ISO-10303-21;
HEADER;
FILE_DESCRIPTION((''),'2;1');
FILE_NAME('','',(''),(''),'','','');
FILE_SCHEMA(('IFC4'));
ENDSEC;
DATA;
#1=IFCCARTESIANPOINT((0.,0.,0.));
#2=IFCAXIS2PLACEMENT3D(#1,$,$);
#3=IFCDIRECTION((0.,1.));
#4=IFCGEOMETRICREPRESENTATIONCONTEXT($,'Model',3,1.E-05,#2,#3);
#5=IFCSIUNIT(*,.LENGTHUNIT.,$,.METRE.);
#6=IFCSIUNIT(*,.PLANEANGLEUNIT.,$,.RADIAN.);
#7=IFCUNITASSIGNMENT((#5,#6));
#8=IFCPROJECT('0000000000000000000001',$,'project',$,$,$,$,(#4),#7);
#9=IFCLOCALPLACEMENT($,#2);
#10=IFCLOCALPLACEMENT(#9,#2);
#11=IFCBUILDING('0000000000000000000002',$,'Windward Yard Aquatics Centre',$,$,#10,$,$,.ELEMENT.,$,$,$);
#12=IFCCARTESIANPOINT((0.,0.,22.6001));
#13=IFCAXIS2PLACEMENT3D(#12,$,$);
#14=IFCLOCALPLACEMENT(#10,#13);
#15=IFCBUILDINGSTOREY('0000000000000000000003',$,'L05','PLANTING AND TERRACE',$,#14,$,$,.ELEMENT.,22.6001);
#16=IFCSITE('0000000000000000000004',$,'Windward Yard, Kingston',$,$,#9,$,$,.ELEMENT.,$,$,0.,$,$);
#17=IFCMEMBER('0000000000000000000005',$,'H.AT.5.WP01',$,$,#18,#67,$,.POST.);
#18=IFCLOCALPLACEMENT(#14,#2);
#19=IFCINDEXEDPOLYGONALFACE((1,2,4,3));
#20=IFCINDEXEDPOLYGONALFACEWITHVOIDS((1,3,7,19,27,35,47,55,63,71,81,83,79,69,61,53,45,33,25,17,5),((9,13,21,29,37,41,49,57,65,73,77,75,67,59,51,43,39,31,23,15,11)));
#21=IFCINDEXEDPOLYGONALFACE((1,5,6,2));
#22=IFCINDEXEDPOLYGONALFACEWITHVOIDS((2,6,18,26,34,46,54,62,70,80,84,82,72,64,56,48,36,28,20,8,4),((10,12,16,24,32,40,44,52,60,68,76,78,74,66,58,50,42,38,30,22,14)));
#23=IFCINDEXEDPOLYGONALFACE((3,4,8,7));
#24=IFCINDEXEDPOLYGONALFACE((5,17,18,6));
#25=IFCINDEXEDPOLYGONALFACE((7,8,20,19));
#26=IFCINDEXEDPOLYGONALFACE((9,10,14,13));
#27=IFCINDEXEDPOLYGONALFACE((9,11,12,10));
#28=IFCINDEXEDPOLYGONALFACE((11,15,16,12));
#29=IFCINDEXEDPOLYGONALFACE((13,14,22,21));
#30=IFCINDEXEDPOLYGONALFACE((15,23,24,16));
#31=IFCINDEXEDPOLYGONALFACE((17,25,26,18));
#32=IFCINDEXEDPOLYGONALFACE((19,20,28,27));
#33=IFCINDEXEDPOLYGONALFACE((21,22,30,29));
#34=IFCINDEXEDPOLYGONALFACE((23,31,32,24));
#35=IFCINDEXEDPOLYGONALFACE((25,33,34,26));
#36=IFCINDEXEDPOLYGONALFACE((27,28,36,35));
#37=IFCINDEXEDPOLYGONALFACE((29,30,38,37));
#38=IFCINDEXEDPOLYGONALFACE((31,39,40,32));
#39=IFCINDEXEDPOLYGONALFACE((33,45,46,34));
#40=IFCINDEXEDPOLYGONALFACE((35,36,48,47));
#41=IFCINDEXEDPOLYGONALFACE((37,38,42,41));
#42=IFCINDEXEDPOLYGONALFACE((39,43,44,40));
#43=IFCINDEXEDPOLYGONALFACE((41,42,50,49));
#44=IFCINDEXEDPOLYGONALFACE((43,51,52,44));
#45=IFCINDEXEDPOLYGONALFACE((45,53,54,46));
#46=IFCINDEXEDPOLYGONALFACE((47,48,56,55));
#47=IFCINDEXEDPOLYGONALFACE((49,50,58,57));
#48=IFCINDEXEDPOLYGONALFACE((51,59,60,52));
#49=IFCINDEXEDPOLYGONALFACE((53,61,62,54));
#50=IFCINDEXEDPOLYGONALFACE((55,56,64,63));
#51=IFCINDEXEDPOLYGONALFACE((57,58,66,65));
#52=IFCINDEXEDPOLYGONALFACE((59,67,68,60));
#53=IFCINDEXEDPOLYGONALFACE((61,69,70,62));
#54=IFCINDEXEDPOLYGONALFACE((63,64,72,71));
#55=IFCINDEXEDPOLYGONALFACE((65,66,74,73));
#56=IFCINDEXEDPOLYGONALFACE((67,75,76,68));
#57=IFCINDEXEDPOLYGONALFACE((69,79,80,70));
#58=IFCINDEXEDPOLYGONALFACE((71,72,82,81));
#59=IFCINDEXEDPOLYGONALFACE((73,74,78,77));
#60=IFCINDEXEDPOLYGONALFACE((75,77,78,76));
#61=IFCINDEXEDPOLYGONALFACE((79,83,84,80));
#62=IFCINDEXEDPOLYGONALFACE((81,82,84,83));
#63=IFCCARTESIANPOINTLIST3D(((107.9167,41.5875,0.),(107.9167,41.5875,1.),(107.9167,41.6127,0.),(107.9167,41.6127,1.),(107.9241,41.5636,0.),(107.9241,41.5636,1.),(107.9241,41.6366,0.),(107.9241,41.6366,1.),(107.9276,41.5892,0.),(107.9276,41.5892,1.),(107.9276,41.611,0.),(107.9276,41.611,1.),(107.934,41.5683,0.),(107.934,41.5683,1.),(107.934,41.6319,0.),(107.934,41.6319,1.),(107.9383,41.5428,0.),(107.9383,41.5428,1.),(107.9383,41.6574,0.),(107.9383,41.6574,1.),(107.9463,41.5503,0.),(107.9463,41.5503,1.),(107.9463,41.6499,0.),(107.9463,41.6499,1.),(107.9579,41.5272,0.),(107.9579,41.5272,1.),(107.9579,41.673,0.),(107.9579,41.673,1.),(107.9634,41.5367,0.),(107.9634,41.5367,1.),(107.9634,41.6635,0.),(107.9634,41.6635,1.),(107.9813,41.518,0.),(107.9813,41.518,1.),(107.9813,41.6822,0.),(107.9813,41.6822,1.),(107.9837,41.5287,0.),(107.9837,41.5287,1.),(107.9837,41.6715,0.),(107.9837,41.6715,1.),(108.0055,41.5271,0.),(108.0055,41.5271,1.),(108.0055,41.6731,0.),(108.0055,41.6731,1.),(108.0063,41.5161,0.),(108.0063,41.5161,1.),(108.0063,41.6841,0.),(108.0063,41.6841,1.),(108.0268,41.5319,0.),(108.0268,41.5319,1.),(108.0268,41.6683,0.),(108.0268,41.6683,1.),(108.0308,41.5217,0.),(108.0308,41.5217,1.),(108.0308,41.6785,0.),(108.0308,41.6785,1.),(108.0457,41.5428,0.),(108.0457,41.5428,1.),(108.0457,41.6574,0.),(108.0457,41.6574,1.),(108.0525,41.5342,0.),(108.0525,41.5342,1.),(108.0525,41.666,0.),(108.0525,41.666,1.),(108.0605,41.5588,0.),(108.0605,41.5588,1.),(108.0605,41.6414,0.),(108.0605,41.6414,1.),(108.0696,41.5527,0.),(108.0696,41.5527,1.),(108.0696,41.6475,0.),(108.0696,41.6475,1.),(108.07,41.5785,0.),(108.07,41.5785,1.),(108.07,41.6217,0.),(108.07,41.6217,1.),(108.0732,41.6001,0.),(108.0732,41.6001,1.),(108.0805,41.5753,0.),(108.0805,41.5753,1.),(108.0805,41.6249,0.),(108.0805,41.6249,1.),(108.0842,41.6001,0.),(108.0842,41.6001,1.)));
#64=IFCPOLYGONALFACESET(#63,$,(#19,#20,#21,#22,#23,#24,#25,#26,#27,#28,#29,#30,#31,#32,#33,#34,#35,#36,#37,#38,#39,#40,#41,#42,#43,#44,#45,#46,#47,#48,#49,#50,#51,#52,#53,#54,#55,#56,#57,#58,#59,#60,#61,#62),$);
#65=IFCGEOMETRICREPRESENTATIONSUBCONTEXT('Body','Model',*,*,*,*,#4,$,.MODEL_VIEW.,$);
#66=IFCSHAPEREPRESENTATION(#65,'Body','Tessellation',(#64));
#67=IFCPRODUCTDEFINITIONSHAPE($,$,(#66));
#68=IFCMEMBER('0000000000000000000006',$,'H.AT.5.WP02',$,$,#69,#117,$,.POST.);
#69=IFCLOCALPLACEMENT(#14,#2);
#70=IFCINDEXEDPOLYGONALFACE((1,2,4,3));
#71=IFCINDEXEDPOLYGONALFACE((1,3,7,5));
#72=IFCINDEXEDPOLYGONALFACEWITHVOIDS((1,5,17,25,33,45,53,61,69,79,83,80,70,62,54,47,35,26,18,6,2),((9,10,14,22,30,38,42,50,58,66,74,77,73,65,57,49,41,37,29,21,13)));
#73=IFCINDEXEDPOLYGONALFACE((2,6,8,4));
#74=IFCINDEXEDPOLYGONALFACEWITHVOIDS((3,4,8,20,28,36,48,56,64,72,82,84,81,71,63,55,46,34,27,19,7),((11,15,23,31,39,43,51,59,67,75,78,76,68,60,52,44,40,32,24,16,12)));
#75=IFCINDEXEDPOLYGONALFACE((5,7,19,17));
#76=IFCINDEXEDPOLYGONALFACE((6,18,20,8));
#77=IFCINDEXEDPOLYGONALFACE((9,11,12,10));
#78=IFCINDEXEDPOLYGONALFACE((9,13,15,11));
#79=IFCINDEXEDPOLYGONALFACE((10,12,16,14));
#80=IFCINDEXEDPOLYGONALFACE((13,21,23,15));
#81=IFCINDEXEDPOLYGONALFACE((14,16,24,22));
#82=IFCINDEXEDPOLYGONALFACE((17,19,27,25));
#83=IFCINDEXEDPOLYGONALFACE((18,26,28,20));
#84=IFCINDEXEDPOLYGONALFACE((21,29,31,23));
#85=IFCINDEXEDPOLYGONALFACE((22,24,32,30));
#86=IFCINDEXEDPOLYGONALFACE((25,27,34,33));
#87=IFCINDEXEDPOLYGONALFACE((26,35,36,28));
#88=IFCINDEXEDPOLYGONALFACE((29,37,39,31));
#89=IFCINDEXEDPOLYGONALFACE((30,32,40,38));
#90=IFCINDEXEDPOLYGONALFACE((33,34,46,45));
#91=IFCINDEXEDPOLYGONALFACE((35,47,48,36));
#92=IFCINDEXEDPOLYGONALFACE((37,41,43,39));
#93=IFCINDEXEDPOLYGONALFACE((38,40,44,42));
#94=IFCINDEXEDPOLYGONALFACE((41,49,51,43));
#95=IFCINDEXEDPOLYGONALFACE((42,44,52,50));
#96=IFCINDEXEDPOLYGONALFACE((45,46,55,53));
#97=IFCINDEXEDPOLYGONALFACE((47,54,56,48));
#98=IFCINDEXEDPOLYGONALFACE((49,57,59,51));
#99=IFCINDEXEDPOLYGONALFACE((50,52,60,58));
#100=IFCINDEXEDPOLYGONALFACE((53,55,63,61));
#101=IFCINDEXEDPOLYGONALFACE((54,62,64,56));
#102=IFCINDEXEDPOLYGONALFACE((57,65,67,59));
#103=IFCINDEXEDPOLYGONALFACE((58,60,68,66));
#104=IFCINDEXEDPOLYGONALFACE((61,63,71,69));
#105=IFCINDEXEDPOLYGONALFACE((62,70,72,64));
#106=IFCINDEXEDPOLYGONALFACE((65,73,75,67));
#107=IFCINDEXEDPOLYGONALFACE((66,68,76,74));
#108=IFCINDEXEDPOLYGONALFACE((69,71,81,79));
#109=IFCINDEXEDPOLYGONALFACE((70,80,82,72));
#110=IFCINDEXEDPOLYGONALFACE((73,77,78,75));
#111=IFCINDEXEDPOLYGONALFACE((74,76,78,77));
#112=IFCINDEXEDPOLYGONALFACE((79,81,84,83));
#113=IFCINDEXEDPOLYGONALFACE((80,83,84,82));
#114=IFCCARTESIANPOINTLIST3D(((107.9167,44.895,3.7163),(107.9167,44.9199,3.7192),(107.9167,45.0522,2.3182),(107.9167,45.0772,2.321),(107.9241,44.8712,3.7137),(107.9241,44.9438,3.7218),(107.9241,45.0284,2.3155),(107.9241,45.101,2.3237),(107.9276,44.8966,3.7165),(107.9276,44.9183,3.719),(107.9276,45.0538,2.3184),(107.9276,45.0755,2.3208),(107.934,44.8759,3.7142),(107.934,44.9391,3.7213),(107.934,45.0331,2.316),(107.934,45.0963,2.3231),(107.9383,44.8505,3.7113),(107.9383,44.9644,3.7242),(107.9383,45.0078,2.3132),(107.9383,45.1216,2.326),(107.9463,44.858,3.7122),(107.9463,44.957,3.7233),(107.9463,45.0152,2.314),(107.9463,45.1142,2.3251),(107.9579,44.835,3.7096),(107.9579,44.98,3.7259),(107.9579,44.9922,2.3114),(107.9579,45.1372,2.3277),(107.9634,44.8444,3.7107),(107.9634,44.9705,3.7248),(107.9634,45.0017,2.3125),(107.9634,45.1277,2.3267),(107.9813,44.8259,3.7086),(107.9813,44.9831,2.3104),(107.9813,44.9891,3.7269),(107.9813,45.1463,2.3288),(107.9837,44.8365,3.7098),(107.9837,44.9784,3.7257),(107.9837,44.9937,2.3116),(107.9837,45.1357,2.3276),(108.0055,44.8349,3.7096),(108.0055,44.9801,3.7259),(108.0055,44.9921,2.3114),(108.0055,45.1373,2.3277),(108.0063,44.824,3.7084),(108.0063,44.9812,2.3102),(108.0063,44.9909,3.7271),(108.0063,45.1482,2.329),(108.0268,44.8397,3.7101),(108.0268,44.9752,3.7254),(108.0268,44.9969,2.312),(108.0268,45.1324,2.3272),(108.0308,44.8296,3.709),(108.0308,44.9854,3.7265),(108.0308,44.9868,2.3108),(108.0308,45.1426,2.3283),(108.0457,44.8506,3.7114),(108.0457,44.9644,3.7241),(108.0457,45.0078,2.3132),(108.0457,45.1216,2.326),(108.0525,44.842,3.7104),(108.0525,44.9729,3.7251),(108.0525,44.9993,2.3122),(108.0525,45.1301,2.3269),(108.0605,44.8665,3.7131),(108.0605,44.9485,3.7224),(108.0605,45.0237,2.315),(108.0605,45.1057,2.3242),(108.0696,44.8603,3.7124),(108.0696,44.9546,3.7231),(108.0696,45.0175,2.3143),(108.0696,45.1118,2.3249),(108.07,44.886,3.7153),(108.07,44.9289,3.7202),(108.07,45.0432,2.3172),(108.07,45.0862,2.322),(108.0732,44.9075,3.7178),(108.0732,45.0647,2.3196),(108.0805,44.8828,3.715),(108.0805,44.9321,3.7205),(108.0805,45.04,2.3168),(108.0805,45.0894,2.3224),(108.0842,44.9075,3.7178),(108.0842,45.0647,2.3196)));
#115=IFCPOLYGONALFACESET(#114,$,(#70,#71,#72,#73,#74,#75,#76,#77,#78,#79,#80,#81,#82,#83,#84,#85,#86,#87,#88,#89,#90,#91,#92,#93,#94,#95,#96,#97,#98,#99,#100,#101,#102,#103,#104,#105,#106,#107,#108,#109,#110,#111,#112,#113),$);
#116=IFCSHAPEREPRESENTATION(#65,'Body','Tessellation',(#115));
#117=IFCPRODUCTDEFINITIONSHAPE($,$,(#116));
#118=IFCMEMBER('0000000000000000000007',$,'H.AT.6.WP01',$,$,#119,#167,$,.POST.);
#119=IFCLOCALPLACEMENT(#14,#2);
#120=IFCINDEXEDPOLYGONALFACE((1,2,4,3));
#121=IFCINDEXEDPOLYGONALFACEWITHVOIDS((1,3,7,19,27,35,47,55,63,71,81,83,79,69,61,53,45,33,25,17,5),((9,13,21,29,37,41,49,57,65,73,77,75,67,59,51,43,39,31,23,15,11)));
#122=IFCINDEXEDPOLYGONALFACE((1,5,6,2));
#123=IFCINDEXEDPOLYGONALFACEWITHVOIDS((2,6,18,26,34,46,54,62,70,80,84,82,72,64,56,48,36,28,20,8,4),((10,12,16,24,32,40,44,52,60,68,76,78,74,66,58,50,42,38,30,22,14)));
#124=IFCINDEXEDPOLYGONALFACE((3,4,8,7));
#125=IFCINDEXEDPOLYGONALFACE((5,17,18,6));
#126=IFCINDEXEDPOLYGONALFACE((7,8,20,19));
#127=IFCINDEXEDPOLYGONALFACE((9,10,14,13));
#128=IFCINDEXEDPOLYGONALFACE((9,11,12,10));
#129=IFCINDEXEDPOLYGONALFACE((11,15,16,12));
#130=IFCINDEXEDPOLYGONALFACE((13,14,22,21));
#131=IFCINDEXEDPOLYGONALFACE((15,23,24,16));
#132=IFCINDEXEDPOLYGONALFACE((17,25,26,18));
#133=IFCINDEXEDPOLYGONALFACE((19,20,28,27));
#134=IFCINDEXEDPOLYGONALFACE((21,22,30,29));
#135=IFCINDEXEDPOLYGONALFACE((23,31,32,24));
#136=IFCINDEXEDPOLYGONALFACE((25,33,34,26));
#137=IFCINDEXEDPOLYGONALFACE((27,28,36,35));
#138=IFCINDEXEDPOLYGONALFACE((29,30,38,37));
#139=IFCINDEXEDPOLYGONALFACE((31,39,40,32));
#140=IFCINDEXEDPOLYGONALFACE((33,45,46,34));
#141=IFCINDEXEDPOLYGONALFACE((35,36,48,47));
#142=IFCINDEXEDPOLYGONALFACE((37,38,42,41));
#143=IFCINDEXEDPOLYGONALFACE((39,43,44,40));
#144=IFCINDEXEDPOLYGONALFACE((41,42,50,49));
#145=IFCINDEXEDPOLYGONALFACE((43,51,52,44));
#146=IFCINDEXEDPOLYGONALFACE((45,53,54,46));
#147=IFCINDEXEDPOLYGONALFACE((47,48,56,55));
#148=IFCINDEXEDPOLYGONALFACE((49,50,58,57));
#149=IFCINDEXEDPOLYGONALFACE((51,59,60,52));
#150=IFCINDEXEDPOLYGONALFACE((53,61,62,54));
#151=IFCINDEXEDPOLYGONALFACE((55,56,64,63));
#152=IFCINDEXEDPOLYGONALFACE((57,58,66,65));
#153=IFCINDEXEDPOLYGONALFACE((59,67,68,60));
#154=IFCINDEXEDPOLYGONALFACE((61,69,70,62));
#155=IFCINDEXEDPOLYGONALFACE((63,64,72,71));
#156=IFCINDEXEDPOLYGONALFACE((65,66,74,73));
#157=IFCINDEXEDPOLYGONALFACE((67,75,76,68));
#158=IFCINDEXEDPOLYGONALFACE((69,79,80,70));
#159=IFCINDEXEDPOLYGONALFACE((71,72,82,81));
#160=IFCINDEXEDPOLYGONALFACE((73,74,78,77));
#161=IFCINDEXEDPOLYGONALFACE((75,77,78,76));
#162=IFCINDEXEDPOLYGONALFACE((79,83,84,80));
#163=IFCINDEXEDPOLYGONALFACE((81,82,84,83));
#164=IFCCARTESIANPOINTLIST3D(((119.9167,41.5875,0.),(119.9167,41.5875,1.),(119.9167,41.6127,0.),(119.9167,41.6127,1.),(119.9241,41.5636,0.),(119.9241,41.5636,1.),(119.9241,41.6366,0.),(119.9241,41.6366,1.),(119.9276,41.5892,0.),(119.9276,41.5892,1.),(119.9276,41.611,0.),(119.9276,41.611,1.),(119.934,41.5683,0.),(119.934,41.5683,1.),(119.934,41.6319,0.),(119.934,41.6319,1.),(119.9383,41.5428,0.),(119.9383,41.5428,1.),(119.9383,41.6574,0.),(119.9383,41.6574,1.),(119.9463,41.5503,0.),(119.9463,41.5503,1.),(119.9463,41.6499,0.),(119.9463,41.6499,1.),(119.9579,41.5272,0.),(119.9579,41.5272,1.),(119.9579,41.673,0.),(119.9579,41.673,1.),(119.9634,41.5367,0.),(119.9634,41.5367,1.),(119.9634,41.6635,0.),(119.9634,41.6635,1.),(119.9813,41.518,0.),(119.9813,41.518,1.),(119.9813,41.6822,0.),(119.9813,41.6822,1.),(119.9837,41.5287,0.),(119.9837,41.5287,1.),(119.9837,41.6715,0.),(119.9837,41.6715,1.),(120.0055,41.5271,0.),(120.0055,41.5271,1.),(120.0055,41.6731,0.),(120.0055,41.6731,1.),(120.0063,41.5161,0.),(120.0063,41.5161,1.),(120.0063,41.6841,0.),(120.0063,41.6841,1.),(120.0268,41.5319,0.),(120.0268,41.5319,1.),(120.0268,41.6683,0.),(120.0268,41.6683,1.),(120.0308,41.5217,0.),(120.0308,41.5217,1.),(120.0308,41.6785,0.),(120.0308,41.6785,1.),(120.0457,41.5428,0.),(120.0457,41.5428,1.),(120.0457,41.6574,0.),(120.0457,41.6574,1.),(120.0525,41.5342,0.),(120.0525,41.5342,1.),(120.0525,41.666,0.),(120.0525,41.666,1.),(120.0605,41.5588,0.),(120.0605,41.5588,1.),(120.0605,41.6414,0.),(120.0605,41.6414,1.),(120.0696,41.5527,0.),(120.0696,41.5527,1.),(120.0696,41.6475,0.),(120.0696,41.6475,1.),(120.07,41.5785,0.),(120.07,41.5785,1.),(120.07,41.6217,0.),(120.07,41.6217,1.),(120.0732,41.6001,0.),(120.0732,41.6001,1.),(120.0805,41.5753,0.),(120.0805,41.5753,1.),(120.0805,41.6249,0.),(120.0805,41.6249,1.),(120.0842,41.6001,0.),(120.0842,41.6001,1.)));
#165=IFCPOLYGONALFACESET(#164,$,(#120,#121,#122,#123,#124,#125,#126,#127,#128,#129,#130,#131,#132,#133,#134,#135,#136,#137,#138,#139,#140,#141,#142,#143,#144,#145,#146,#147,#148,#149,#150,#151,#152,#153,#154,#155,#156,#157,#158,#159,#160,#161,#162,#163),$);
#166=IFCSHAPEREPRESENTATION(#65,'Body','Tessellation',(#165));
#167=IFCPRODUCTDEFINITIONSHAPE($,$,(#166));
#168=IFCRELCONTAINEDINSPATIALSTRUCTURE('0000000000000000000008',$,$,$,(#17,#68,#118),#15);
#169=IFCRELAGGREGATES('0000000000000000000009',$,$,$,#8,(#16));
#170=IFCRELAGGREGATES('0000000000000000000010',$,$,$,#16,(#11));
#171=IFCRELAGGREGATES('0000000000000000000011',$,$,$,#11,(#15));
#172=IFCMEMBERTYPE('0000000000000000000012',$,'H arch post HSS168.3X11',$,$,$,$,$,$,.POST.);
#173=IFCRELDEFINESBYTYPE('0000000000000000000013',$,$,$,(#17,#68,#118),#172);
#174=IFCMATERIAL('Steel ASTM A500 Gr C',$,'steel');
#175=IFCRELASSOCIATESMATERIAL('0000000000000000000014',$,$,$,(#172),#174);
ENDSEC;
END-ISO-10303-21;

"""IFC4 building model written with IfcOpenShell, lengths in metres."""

from ifc_helpers import new_model, si_unit, direction, frame, origin, origin_2d, place, context, subcontext, project, spatial, hollow_circle, extrude, material, material_profile, profile_set, type_object, element, save


model = new_model("IFC4")

# Units and contexts
model_context = context("Model", 3, precision=1e-05, world=origin(), true_north=direction((0.0, 1.0)))
body_context = subcontext(model_context, "Body", "Model", "MODEL_VIEW")
ifc_project = project(units=[si_unit("LENGTHUNIT", "METRE"), si_unit("PLANEANGLEUNIT", "RADIAN")], contexts=[model_context])

# Site, building, storey
site_placement = place(None, origin())
site = spatial("IfcSite", under=ifc_project, at=site_placement, Name="Windward Yard, Kingston", CompositionType="ELEMENT", RefElevation=0.0)
building_placement = place(site_placement, origin())
building = spatial("IfcBuilding", under=site, at=building_placement, Name="Windward Yard Aquatics Centre", CompositionType="ELEMENT")
storey_placement = place(building_placement, frame((0.0, 0.0, 22.6001)))
storey = spatial("IfcBuildingStorey", under=building, at=storey_placement, Name="L05", Description="PLANTING AND TERRACE", CompositionType="ELEMENT", Elevation=22.6001)

# Members
ifc_material_1 = material(Name="Steel ASTM A500 Gr C", Category="steel")
ifc_material_profile_1 = material_profile(ifc_material_1, hollow_circle(Radius=0.0842, WallThickness=0.011, at=origin_2d()), Name="HSS168.3X11")
ifc_profile_set_1 = profile_set([ifc_material_profile_1], Name="Steel ASTM A500 Gr C")
member_type_1 = type_object("IfcMemberType", Name="H arch post HSS168.3X11", PredefinedType="POST", material=ifc_profile_set_1)
member_1_placement = place(storey_placement, frame((108.0, 41.6001, 0.0), z_axis=(0.0, 0.0, 1.0), x_axis=(1.0, 0.0, 0.0)))
element("IfcMember", 1, at=member_1_placement, inside=storey, type_object=member_type_1, Name="H.AT.5.WP01", PredefinedType="POST", context=body_context, shape_type="SweptSolid", body=[
    extrude(hollow_circle(Radius=0.0842, WallThickness=0.011, at=origin_2d()), origin(), (0.0, 0.0, 1.0), 1.0),
])
member_2_placement = place(storey_placement, frame((108.0, 45.0647, 2.3196), z_axis=(0.0, -0.111746, 0.993737), x_axis=(1.0, 0.0, 0.0)))
element("IfcMember", 2, at=member_2_placement, inside=storey, type_object=member_type_1, Name="H.AT.5.WP02", PredefinedType="POST", context=body_context, shape_type="SweptSolid", body=[
    extrude(hollow_circle(Radius=0.0842, WallThickness=0.011, at=origin_2d()), origin(), (0.0, 0.0, 1.0), 1.407),
])
member_3_placement = place(storey_placement, frame((120.0, 41.6001, 0.0), z_axis=(0.0, 0.0, 1.0), x_axis=(1.0, 0.0, 0.0)))
element("IfcMember", 3, at=member_3_placement, inside=storey, type_object=member_type_1, Name="H.AT.6.WP01", PredefinedType="POST", context=body_context, shape_type="SweptSolid", body=[
    extrude(hollow_circle(Radius=0.0842, WallThickness=0.011, at=origin_2d()), origin(), (0.0, 0.0, 1.0), 1.0),
])

save(model, "model.ifc")
